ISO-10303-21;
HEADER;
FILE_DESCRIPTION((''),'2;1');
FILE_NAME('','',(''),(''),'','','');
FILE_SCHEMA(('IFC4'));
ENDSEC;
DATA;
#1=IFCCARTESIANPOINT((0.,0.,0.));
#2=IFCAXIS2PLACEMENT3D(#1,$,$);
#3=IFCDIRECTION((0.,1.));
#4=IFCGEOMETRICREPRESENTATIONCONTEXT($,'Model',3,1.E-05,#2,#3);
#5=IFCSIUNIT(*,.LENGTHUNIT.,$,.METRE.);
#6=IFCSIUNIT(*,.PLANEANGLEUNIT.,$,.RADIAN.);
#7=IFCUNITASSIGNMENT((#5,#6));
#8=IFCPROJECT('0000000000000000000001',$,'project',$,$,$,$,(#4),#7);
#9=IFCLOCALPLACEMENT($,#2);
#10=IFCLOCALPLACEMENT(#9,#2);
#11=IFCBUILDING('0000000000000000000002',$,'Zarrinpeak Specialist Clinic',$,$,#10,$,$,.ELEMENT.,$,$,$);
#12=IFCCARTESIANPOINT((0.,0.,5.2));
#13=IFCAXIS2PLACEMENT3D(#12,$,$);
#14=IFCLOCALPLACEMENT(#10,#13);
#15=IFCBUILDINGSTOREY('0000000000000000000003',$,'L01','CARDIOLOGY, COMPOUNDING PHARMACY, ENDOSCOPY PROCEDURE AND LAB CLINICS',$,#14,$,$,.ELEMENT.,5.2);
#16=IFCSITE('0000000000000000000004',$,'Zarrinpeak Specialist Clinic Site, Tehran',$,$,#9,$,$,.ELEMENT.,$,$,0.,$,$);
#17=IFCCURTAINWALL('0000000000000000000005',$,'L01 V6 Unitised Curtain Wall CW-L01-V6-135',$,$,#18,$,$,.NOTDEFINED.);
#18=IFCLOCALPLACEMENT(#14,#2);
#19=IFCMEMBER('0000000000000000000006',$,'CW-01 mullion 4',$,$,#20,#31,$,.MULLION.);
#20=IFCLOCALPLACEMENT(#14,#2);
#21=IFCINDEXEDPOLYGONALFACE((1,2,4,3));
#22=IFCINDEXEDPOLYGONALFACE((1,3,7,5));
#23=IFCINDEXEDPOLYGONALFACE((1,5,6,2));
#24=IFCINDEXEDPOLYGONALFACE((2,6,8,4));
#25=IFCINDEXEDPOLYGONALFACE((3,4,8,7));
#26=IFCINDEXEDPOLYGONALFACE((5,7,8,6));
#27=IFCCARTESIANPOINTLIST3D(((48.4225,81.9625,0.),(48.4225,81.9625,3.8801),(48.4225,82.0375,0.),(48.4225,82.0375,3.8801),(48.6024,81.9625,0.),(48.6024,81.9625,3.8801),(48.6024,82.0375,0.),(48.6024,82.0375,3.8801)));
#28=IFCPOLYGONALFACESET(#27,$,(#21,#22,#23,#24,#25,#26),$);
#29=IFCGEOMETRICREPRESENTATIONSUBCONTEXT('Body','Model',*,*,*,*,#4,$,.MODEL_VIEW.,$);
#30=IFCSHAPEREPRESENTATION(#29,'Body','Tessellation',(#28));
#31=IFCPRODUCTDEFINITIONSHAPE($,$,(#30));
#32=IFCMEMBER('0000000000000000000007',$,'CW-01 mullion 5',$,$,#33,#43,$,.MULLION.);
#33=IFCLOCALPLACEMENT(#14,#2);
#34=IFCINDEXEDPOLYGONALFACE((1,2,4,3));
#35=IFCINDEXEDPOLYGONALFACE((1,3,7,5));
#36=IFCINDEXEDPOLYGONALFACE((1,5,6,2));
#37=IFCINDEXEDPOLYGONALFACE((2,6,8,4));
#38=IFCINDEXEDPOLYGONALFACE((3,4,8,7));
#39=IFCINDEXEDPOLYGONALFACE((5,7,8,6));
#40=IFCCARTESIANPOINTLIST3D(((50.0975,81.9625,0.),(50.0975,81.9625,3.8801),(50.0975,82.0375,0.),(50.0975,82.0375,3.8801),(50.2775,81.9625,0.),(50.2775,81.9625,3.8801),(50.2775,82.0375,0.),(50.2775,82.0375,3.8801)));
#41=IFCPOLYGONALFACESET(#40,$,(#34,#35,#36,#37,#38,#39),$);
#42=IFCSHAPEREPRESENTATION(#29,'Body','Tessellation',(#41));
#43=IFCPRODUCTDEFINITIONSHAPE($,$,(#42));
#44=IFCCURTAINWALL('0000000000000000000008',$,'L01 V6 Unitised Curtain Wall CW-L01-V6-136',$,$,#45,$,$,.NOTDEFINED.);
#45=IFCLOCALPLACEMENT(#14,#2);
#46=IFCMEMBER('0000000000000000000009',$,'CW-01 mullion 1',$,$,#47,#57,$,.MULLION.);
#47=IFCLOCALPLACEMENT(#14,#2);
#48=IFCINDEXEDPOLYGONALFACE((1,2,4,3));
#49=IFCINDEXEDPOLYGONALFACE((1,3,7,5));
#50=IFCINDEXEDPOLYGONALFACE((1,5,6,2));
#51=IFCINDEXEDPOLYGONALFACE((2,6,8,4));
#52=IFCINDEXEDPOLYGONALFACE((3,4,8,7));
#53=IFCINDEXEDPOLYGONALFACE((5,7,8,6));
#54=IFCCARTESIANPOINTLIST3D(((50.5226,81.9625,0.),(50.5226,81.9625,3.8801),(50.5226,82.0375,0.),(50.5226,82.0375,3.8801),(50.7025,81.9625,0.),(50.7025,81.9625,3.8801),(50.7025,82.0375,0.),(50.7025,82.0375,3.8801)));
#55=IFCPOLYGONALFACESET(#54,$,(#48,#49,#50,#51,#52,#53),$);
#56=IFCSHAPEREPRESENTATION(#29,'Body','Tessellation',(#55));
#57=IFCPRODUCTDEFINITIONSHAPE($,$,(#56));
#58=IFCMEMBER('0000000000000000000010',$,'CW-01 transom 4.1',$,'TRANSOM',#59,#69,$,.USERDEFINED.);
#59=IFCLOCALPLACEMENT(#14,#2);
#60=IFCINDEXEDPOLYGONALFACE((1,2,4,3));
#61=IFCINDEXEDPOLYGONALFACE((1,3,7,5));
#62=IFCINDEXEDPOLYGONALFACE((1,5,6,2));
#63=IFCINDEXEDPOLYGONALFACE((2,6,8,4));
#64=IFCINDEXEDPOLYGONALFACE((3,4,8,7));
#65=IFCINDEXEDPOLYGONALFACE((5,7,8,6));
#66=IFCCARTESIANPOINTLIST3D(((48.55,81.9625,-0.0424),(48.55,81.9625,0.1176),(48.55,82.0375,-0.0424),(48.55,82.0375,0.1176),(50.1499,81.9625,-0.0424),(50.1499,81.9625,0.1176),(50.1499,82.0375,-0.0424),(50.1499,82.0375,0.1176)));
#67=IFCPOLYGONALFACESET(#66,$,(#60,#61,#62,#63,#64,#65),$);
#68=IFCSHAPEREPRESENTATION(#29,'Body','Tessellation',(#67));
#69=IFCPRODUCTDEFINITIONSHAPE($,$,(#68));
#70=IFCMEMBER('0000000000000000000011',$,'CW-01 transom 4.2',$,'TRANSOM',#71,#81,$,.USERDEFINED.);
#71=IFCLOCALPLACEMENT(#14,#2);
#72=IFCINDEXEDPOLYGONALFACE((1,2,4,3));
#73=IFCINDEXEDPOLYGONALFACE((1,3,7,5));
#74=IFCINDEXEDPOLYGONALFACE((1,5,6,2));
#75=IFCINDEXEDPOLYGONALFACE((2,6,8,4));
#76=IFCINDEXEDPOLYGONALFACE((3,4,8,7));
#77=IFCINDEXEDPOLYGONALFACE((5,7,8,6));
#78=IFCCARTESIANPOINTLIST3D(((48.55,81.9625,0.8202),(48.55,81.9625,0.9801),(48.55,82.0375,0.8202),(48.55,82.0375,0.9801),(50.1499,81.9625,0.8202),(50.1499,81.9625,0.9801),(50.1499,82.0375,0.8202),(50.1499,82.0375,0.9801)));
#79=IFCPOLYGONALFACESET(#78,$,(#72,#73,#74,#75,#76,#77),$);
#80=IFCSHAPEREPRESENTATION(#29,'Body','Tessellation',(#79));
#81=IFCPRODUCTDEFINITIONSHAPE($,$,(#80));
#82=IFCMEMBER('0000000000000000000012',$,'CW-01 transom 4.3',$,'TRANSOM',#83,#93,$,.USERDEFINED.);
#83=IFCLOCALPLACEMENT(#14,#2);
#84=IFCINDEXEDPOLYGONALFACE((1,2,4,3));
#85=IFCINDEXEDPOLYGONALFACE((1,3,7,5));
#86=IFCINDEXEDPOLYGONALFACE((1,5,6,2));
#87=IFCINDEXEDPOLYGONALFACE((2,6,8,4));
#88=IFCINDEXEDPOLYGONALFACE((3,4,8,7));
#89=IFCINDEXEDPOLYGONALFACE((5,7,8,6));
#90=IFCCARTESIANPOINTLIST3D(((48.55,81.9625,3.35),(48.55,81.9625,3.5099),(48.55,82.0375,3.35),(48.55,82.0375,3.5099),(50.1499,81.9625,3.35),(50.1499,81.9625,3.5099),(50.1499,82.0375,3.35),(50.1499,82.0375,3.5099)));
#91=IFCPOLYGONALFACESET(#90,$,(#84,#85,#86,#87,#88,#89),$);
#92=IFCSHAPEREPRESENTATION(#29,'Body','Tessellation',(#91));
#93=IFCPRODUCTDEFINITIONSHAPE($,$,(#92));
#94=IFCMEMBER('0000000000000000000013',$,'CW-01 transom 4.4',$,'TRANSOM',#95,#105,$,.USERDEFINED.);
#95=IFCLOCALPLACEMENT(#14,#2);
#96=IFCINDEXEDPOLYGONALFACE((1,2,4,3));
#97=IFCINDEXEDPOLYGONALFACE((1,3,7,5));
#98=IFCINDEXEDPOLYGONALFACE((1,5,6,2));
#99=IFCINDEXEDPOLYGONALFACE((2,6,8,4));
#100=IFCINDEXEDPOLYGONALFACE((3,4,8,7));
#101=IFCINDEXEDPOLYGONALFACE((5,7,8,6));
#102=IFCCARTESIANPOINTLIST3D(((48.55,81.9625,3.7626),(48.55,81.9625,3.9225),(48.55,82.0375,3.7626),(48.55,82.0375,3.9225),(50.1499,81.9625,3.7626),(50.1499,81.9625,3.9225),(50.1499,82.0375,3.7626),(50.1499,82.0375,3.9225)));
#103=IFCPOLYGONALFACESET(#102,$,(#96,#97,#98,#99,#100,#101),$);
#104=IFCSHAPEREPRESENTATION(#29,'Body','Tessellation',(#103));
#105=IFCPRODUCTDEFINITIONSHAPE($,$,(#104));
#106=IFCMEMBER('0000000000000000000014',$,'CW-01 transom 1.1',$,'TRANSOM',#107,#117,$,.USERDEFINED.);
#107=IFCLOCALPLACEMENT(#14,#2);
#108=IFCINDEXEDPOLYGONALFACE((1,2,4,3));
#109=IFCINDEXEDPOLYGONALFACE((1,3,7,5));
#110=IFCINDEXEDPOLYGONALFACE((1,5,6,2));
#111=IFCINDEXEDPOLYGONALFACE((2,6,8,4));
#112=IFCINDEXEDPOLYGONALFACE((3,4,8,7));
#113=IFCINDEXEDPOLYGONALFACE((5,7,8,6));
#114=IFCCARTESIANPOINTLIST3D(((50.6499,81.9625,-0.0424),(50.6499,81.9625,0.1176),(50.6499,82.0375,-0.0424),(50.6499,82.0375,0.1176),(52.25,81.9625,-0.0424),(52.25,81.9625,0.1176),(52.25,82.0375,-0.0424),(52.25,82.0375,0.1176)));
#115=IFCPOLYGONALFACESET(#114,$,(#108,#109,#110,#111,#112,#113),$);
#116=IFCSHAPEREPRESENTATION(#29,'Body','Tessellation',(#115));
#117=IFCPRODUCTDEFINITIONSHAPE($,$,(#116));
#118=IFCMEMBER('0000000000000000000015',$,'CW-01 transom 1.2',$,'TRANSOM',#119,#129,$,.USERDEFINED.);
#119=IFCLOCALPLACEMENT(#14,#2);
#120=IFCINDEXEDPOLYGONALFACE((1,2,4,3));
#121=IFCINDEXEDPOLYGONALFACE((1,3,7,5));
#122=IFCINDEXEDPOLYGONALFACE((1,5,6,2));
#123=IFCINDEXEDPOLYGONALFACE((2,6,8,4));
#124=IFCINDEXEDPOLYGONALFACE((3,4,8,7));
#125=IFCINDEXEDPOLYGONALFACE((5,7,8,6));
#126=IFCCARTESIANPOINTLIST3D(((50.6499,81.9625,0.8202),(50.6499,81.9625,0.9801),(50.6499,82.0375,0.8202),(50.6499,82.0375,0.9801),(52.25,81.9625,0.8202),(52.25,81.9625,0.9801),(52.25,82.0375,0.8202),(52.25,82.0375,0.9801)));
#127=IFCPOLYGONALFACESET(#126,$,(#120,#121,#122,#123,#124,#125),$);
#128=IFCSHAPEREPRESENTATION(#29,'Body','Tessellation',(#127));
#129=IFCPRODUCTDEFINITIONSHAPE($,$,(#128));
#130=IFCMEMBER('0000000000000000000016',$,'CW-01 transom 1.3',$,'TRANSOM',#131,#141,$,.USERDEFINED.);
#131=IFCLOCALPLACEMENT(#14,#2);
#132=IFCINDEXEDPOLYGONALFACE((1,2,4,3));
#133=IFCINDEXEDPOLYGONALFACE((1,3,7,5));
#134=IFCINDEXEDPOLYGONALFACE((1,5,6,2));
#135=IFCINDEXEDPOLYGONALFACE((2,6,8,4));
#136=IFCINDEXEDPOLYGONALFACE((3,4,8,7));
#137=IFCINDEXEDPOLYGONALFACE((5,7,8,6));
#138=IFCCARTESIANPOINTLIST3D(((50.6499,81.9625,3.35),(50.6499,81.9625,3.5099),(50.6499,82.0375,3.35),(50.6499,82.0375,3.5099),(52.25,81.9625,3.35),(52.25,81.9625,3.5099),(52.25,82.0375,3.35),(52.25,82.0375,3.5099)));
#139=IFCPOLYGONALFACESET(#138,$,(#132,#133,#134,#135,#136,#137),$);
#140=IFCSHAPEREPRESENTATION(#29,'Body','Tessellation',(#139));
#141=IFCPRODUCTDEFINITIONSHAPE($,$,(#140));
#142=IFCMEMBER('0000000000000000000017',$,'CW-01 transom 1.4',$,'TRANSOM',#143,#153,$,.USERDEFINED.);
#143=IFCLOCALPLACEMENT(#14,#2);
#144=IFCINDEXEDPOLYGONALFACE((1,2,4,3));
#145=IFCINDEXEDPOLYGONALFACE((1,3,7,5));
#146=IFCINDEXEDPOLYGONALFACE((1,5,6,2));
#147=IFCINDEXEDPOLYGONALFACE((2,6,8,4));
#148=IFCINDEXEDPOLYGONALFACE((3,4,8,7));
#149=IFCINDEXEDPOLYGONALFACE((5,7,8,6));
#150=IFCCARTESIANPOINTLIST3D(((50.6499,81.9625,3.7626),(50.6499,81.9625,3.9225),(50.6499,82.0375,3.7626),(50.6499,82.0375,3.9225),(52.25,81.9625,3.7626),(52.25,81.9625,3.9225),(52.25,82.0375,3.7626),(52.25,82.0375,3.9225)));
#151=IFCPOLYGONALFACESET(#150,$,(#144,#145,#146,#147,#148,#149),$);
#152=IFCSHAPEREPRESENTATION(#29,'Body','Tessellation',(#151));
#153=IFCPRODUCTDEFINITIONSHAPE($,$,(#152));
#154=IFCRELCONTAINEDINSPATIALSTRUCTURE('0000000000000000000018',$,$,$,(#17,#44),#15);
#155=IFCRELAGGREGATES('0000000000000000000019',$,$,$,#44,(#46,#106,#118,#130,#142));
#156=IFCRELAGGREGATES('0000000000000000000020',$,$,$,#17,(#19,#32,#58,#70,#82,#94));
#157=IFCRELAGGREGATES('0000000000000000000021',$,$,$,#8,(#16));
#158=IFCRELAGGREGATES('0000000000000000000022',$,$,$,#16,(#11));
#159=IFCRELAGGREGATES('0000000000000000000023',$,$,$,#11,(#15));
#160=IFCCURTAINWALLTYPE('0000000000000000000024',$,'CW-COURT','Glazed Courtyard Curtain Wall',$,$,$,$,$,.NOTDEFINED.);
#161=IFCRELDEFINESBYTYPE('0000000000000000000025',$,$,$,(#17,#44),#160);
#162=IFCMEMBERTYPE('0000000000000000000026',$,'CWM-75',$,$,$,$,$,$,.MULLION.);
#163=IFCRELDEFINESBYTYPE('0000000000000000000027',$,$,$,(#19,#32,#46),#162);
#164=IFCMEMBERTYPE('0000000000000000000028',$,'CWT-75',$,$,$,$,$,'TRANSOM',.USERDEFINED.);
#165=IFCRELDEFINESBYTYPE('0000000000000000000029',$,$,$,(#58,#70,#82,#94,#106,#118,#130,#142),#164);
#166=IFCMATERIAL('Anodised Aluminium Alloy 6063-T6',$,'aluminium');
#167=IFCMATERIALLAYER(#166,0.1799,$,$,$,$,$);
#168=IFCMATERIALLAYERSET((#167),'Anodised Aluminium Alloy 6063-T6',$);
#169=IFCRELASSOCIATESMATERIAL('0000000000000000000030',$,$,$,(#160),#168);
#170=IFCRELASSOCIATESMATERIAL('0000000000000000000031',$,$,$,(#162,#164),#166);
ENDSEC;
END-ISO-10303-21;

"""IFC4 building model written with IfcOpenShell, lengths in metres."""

from ifc_helpers import new_model, si_unit, direction, frame, origin, origin_2d, place, context, subcontext, project, spatial, rectangle, extrude, material, layer, layer_set, material_profile, profile_set, type_object, element, aggregate, save


model = new_model("IFC4")

# Units and contexts
model_context = context("Model", 3, precision=1e-05, world=origin(), true_north=direction((0.0, 1.0)))
body_context = subcontext(model_context, "Body", "Model", "MODEL_VIEW")
ifc_project = project(units=[si_unit("LENGTHUNIT", "METRE"), si_unit("PLANEANGLEUNIT", "RADIAN")], contexts=[model_context])

# Site, building, storey
site_placement = place(None, origin())
site = spatial("IfcSite", under=ifc_project, at=site_placement, Name="Zarrinpeak Specialist Clinic Site, Tehran", CompositionType="ELEMENT", RefElevation=0.0)
building_placement = place(site_placement, origin())
building = spatial("IfcBuilding", under=site, at=building_placement, Name="Zarrinpeak Specialist Clinic", CompositionType="ELEMENT")
storey_placement = place(building_placement, frame((0.0, 0.0, 5.2)))
storey = spatial("IfcBuildingStorey", under=building, at=storey_placement, Name="L01", Description="CARDIOLOGY, COMPOUNDING PHARMACY, ENDOSCOPY PROCEDURE AND LAB CLINICS", CompositionType="ELEMENT", Elevation=5.2)

# Curtain wall, members
ifc_material_1 = material(Name="Anodised Aluminium Alloy 6063-T6", Category="aluminium")
ifc_layer_1 = layer(ifc_material_1, 0.1799)
ifc_layer_set_1 = layer_set([ifc_layer_1], Name="Anodised Aluminium Alloy 6063-T6")
curtain_wall_type = type_object("IfcCurtainWallType", Name="CW-COURT", Description="Glazed Courtyard Curtain Wall", PredefinedType="NOTDEFINED", material=ifc_layer_set_1)
curtain_wall_1_placement = place(storey_placement, origin())
curtain_wall_1 = element("IfcCurtainWall", 1, at=curtain_wall_1_placement, inside=storey, type_object=curtain_wall_type, Name="L01 V6 Unitised Curtain Wall CW-L01-V6-135", PredefinedType="NOTDEFINED")
ifc_material_profile_1 = material_profile(ifc_material_1, rectangle(XDim=0.075, YDim=0.1799, at=origin_2d()), Name="ALU 75x180")
ifc_profile_set_1 = profile_set([ifc_material_profile_1], Name="Anodised Aluminium Alloy 6063-T6")
member_type_1 = type_object("IfcMemberType", Name="CWM-75", PredefinedType="MULLION", material=ifc_profile_set_1)
member_1_placement = place(storey_placement, frame((48.5125, 82.0, 0.0), z_axis=(0.0, 0.0, 1.0), x_axis=(0.0, 1.0, 0.0)))
member_1 = element("IfcMember", 2, at=member_1_placement, type_object=member_type_1, Name="CW-01 mullion 4", PredefinedType="MULLION", context=body_context, shape_type="SweptSolid", body=[
    extrude(rectangle(XDim=0.075, YDim=0.1799, at=origin_2d()), origin(), (0.0, 0.0, 1.0), 3.8801),
])
member_2_placement = place(storey_placement, frame((50.1875, 82.0, 0.0), z_axis=(0.0, 0.0, 1.0), x_axis=(0.0, 1.0, 0.0)))
member_2 = element("IfcMember", 3, at=member_2_placement, type_object=member_type_1, Name="CW-01 mullion 5", PredefinedType="MULLION", context=body_context, shape_type="SweptSolid", body=[
    extrude(rectangle(XDim=0.075, YDim=0.1799, at=origin_2d()), origin(), (0.0, 0.0, 1.0), 3.8801),
])

# Curtain wall, member
curtain_wall_2_placement = place(storey_placement, origin())
curtain_wall_2 = element("IfcCurtainWall", 4, at=curtain_wall_2_placement, inside=storey, type_object=curtain_wall_type, Name="L01 V6 Unitised Curtain Wall CW-L01-V6-136", PredefinedType="NOTDEFINED")
member_3_placement = place(storey_placement, frame((50.6125, 82.0, 0.0), z_axis=(0.0, 0.0, 1.0), x_axis=(0.0, 1.0, 0.0)))
member_3 = element("IfcMember", 5, at=member_3_placement, type_object=member_type_1, Name="CW-01 mullion 1", PredefinedType="MULLION", context=body_context, shape_type="SweptSolid", body=[
    extrude(rectangle(XDim=0.075, YDim=0.1799, at=origin_2d()), origin(), (0.0, 0.0, 1.0), 3.8801),
])

# Members
ifc_material_profile_2 = material_profile(ifc_material_1, rectangle(XDim=0.075, YDim=0.1599, at=origin_2d()), Name="ALU 75x160")
ifc_profile_set_2 = profile_set([ifc_material_profile_2], Name="Anodised Aluminium Alloy 6063-T6")
member_type_2 = type_object("IfcMemberType", Name="CWT-75", ElementType="TRANSOM", PredefinedType="USERDEFINED", material=ifc_profile_set_2)
member_4_placement = place(storey_placement, frame((48.55, 82.0, 0.0376), z_axis=(1.0, 0.0, 0.0), x_axis=(0.0, 1.0, 0.0)))
member_4 = element("IfcMember", 6, at=member_4_placement, type_object=member_type_2, Name="CW-01 transom 4.1", ObjectType="TRANSOM", PredefinedType="USERDEFINED", context=body_context, shape_type="SweptSolid", body=[
    extrude(rectangle(XDim=0.075, YDim=0.1599, at=origin_2d()), origin(), (0.0, 0.0, 1.0), 1.5999),
])
member_5_placement = place(storey_placement, frame((48.55, 82.0, 0.9001), z_axis=(1.0, 0.0, 0.0), x_axis=(0.0, 1.0, 0.0)))
member_5 = element("IfcMember", 7, at=member_5_placement, type_object=member_type_2, Name="CW-01 transom 4.2", ObjectType="TRANSOM", PredefinedType="USERDEFINED", context=body_context, shape_type="SweptSolid", body=[
    extrude(rectangle(XDim=0.075, YDim=0.1599, at=origin_2d()), origin(), (0.0, 0.0, 1.0), 1.5999),
])
member_6_placement = place(storey_placement, frame((48.55, 82.0, 3.4299), z_axis=(1.0, 0.0, 0.0), x_axis=(0.0, 1.0, 0.0)))
member_6 = element("IfcMember", 8, at=member_6_placement, type_object=member_type_2, Name="CW-01 transom 4.3", ObjectType="TRANSOM", PredefinedType="USERDEFINED", context=body_context, shape_type="SweptSolid", body=[
    extrude(rectangle(XDim=0.075, YDim=0.1599, at=origin_2d()), origin(), (0.0, 0.0, 1.0), 1.5999),
])
member_7_placement = place(storey_placement, frame((48.55, 82.0, 3.8425), z_axis=(1.0, 0.0, 0.0), x_axis=(0.0, 1.0, 0.0)))
member_7 = element("IfcMember", 9, at=member_7_placement, type_object=member_type_2, Name="CW-01 transom 4.4", ObjectType="TRANSOM", PredefinedType="USERDEFINED", context=body_context, shape_type="SweptSolid", body=[
    extrude(rectangle(XDim=0.075, YDim=0.1599, at=origin_2d()), origin(), (0.0, 0.0, 1.0), 1.5999),
])
member_8_placement = place(storey_placement, frame((50.6499, 82.0, 0.0376), z_axis=(1.0, 0.0, 0.0), x_axis=(0.0, 1.0, 0.0)))
member_8 = element("IfcMember", 10, at=member_8_placement, type_object=member_type_2, Name="CW-01 transom 1.1", ObjectType="TRANSOM", PredefinedType="USERDEFINED", context=body_context, shape_type="SweptSolid", body=[
    extrude(rectangle(XDim=0.075, YDim=0.1599, at=origin_2d()), origin(), (0.0, 0.0, 1.0), 1.6001),
])
member_9_placement = place(storey_placement, frame((50.6499, 82.0, 0.9001), z_axis=(1.0, 0.0, 0.0), x_axis=(0.0, 1.0, 0.0)))
member_9 = element("IfcMember", 11, at=member_9_placement, type_object=member_type_2, Name="CW-01 transom 1.2", ObjectType="TRANSOM", PredefinedType="USERDEFINED", context=body_context, shape_type="SweptSolid", body=[
    extrude(rectangle(XDim=0.075, YDim=0.1599, at=origin_2d()), origin(), (0.0, 0.0, 1.0), 1.6001),
])
member_10_placement = place(storey_placement, frame((50.6499, 82.0, 3.4299), z_axis=(1.0, 0.0, 0.0), x_axis=(0.0, 1.0, 0.0)))
member_10 = element("IfcMember", 12, at=member_10_placement, type_object=member_type_2, Name="CW-01 transom 1.3", ObjectType="TRANSOM", PredefinedType="USERDEFINED", context=body_context, shape_type="SweptSolid", body=[
    extrude(rectangle(XDim=0.075, YDim=0.1599, at=origin_2d()), origin(), (0.0, 0.0, 1.0), 1.6001),
])
member_11_placement = place(storey_placement, frame((50.6499, 82.0, 3.8425), z_axis=(1.0, 0.0, 0.0), x_axis=(0.0, 1.0, 0.0)))
member_11 = element("IfcMember", 13, at=member_11_placement, type_object=member_type_2, Name="CW-01 transom 1.4", ObjectType="TRANSOM", PredefinedType="USERDEFINED", context=body_context, shape_type="SweptSolid", body=[
    extrude(rectangle(XDim=0.075, YDim=0.1599, at=origin_2d()), origin(), (0.0, 0.0, 1.0), 1.6001),
])

aggregate(curtain_wall_2, [member_3, member_8, member_9, member_10, member_11])
aggregate(curtain_wall_1, [member_1, member_2, member_4, member_5, member_6, member_7])

save(model, "model.ifc")
